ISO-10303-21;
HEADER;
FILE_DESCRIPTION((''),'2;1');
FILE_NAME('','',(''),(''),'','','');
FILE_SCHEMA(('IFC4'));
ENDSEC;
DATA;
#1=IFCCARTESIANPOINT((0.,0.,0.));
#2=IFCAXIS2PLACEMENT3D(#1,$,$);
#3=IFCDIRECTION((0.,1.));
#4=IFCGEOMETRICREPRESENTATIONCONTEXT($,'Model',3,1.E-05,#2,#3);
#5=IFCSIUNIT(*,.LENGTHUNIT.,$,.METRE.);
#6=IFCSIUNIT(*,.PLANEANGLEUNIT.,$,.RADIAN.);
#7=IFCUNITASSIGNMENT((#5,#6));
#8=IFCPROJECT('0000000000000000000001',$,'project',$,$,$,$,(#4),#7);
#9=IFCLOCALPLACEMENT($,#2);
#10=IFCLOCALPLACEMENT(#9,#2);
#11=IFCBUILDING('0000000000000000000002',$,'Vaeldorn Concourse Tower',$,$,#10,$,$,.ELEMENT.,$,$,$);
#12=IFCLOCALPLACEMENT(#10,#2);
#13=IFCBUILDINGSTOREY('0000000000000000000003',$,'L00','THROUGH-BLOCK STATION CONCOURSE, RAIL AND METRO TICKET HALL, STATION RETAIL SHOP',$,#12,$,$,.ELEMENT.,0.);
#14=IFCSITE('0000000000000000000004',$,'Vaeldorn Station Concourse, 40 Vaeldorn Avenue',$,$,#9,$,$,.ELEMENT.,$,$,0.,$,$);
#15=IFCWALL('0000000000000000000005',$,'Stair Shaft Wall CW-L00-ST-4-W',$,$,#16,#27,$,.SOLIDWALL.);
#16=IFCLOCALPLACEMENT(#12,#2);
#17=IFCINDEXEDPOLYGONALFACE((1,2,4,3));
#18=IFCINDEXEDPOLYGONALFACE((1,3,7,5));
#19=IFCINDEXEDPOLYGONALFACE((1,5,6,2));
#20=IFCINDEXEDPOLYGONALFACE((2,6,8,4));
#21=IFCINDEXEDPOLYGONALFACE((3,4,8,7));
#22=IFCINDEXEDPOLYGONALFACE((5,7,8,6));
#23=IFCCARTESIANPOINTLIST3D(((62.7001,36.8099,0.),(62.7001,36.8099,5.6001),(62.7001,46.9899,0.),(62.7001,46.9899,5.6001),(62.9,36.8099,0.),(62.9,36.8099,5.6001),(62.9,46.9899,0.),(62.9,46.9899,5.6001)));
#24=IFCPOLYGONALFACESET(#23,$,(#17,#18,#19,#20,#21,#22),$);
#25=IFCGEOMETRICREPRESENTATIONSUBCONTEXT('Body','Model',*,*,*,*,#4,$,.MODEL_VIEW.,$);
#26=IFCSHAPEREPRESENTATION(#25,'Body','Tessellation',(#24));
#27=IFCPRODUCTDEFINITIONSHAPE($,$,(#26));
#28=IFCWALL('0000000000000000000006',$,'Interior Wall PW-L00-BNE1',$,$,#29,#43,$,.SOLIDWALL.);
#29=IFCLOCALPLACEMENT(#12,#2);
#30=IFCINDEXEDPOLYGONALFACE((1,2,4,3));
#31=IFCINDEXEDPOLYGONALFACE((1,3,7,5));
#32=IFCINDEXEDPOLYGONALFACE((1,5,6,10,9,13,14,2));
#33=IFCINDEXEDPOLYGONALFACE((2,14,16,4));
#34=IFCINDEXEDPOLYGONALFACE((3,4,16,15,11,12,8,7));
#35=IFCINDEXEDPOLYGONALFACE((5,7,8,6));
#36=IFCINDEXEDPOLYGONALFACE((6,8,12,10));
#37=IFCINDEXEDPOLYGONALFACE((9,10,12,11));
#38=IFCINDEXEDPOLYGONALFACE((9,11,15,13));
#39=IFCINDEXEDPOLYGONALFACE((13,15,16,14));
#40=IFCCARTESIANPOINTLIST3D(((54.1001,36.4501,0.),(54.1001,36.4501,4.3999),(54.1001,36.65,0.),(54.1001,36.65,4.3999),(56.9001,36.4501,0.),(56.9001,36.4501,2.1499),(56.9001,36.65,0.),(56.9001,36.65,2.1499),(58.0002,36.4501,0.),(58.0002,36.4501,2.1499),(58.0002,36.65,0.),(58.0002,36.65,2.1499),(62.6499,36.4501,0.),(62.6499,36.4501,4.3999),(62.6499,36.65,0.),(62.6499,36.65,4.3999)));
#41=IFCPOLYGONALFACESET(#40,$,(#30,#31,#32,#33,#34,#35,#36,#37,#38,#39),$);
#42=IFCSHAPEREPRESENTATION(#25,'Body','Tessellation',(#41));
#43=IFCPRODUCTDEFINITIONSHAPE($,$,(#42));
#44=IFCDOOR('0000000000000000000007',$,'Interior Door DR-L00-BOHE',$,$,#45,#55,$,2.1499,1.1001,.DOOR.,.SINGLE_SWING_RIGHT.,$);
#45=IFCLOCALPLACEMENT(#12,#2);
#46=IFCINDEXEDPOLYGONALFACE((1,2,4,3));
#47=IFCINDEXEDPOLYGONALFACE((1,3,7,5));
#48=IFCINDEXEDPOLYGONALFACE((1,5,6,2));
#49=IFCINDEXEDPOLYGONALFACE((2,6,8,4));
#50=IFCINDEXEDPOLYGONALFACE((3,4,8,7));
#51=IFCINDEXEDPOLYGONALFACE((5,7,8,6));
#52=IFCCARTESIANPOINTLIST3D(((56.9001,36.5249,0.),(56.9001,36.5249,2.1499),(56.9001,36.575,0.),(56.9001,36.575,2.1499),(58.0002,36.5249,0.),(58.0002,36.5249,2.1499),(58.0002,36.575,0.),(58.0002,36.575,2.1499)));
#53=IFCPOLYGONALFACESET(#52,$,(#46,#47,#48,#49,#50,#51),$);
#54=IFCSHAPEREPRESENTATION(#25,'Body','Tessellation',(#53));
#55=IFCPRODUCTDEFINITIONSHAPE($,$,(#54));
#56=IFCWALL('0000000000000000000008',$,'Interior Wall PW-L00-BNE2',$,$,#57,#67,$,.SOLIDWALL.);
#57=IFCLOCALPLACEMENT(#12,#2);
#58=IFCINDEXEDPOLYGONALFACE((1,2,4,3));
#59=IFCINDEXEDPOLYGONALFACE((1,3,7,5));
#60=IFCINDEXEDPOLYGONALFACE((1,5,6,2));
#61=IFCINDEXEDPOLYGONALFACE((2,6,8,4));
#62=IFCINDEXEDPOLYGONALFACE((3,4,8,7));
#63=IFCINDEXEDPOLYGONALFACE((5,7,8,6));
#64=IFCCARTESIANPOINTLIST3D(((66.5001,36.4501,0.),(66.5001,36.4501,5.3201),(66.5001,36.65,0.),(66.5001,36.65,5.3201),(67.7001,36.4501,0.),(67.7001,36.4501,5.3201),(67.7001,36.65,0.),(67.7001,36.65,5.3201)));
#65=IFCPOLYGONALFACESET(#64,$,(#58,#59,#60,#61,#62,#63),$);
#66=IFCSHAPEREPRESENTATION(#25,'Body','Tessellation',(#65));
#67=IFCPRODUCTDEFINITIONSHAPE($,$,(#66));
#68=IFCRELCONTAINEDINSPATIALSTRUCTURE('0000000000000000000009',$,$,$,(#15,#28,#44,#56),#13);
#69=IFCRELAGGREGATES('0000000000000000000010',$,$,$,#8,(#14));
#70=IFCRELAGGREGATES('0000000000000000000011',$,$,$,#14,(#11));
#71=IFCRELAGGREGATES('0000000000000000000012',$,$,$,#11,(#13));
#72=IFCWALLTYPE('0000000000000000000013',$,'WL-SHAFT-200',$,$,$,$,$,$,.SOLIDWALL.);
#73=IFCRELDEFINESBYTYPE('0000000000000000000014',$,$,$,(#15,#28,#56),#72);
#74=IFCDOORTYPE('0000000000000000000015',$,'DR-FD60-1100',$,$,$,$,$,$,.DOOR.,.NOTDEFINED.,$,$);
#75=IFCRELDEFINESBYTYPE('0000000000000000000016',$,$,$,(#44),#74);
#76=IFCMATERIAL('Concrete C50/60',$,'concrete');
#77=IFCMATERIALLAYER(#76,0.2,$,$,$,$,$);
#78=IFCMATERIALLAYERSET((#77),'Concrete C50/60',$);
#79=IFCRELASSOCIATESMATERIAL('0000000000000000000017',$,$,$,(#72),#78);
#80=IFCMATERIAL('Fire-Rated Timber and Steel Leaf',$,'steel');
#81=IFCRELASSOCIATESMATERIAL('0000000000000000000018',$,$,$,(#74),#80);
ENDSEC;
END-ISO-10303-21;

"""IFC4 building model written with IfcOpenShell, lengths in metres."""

from ifc_helpers import new_model, si_unit, direction, frame, frame_2d, origin, place, context, subcontext, project, spatial, rectangle, extrude, source, transform, mapped, material, layer, layer_set, type_object, element, fill, save


model = new_model("IFC4")

# Units and contexts
model_context = context("Model", 3, precision=1e-05, world=origin(), true_north=direction((0.0, 1.0)))
body_context = subcontext(model_context, "Body", "Model", "MODEL_VIEW")
ifc_project = project(units=[si_unit("LENGTHUNIT", "METRE"), si_unit("PLANEANGLEUNIT", "RADIAN")], contexts=[model_context])

# Site, building, storey
site_placement = place(None, origin())
site = spatial("IfcSite", under=ifc_project, at=site_placement, Name="Vaeldorn Station Concourse, 40 Vaeldorn Avenue", CompositionType="ELEMENT", RefElevation=0.0)
building_placement = place(site_placement, origin())
building = spatial("IfcBuilding", under=site, at=building_placement, Name="Vaeldorn Concourse Tower", CompositionType="ELEMENT")
storey_placement = place(building_placement, origin())
storey = spatial("IfcBuildingStorey", under=building, at=storey_placement, Name="L00", Description="THROUGH-BLOCK STATION CONCOURSE, RAIL AND METRO TICKET HALL, STATION RETAIL SHOP", CompositionType="ELEMENT", Elevation=0.0)

# Shared definitions
ifc_material_1 = material(Name="Concrete C50/60", Category="concrete")
ifc_layer_1 = layer(ifc_material_1, 0.2)
ifc_layer_set_1 = layer_set([ifc_layer_1], Name="Concrete C50/60")
wall_type_1 = type_object("IfcWallType", Name="WL-SHAFT-200", PredefinedType="SOLIDWALL", material=ifc_layer_set_1)
ifc_material_2 = material(Name="Fire-Rated Timber and Steel Leaf", Category="steel")
door_type = type_object("IfcDoorType", Name="DR-FD60-1100", OperationType="NOTDEFINED", PredefinedType="DOOR", material=ifc_material_2)
shared_shape_1 = source(origin(), body_context, "Body", "SweptSolid", [
    extrude(rectangle(XDim=1.1001, YDim=2.1499, at=frame_2d((0.55, 1.075))), frame((0.0, 0.0249, 0.0), z_axis=(0.0, -1.0, 0.0), x_axis=(1.0, 0.0, 0.0)), (0.0, 0.0, 1.0), 0.05),
])

# Wall
wall_1_placement = place(storey_placement, frame((62.8, 36.8101, 0.0), z_axis=(0.0, 0.0, 1.0), x_axis=(0.0, 1.0, 0.0)))
element("IfcWall", 1, at=wall_1_placement, inside=storey, type_object=wall_type_1, Name="Stair Shaft Wall CW-L00-ST-4-W", PredefinedType="SOLIDWALL", context=body_context, shape_type="SweptSolid", body=[
    extrude(rectangle(XDim=10.1799, YDim=0.2, at=frame_2d((5.0898, 0.0))), origin(), (0.0, 0.0, 1.0), 5.6001),
])

# Wall, opening, door
wall_2_placement = place(storey_placement, frame((54.1001, 36.55, 0.0), z_axis=(0.0, 0.0, 1.0), x_axis=(1.0, 0.0, 0.0)))
wall_2 = element("IfcWall", 2, at=wall_2_placement, inside=storey, type_object=wall_type_1, Name="Interior Wall PW-L00-BNE1", PredefinedType="SOLIDWALL", context=body_context, shape_type="SweptSolid", body=[
    extrude(rectangle(XDim=8.5498, YDim=0.2, at=frame_2d((4.2749, 0.0))), origin(), (0.0, 0.0, 1.0), 4.3999),
])
opening_1_placement = place(wall_2_placement, frame((2.8, 0.0, 0.0)))
opening_1 = element("IfcOpeningElement", 3, at=opening_1_placement, cuts=wall_2, PredefinedType="OPENING", context=body_context, shape_type="SweptSolid", body=[
    extrude(rectangle(XDim=1.1001, YDim=2.1499, at=frame_2d((0.55, 1.075))), frame((0.0, 0.1099, 0.0), z_axis=(0.0, -1.0, 0.0), x_axis=(1.0, 0.0, 0.0)), (0.0, 0.0, 1.0), 0.22),
])
door_1_placement = place(opening_1_placement, origin())
door_1 = element("IfcDoor", 4, at=door_1_placement, inside=storey, type_object=door_type, Name="Interior Door DR-L00-BOHE", OperationType="SINGLE_SWING_RIGHT", OverallHeight=2.1499, OverallWidth=1.1001, PredefinedType="DOOR", context=body_context, shape_type="MappedRepresentation", body=[
    mapped(shared_shape_1, transform((0.0, 0.0, 0.0), scale=1.0)),
])
fill(opening_1, door_1)

# Wall
wall_3_placement = place(storey_placement, frame((66.5, 36.55, 0.0), z_axis=(0.0, 0.0, 1.0), x_axis=(1.0, 0.0, 0.0)))
element("IfcWall", 5, at=wall_3_placement, inside=storey, type_object=wall_type_1, Name="Interior Wall PW-L00-BNE2", PredefinedType="SOLIDWALL", context=body_context, shape_type="SweptSolid", body=[
    extrude(rectangle(XDim=1.2, YDim=0.2, at=frame_2d((0.6001, 0.0))), origin(), (0.0, 0.0, 1.0), 5.3201),
])

save(model, "model.ifc")
